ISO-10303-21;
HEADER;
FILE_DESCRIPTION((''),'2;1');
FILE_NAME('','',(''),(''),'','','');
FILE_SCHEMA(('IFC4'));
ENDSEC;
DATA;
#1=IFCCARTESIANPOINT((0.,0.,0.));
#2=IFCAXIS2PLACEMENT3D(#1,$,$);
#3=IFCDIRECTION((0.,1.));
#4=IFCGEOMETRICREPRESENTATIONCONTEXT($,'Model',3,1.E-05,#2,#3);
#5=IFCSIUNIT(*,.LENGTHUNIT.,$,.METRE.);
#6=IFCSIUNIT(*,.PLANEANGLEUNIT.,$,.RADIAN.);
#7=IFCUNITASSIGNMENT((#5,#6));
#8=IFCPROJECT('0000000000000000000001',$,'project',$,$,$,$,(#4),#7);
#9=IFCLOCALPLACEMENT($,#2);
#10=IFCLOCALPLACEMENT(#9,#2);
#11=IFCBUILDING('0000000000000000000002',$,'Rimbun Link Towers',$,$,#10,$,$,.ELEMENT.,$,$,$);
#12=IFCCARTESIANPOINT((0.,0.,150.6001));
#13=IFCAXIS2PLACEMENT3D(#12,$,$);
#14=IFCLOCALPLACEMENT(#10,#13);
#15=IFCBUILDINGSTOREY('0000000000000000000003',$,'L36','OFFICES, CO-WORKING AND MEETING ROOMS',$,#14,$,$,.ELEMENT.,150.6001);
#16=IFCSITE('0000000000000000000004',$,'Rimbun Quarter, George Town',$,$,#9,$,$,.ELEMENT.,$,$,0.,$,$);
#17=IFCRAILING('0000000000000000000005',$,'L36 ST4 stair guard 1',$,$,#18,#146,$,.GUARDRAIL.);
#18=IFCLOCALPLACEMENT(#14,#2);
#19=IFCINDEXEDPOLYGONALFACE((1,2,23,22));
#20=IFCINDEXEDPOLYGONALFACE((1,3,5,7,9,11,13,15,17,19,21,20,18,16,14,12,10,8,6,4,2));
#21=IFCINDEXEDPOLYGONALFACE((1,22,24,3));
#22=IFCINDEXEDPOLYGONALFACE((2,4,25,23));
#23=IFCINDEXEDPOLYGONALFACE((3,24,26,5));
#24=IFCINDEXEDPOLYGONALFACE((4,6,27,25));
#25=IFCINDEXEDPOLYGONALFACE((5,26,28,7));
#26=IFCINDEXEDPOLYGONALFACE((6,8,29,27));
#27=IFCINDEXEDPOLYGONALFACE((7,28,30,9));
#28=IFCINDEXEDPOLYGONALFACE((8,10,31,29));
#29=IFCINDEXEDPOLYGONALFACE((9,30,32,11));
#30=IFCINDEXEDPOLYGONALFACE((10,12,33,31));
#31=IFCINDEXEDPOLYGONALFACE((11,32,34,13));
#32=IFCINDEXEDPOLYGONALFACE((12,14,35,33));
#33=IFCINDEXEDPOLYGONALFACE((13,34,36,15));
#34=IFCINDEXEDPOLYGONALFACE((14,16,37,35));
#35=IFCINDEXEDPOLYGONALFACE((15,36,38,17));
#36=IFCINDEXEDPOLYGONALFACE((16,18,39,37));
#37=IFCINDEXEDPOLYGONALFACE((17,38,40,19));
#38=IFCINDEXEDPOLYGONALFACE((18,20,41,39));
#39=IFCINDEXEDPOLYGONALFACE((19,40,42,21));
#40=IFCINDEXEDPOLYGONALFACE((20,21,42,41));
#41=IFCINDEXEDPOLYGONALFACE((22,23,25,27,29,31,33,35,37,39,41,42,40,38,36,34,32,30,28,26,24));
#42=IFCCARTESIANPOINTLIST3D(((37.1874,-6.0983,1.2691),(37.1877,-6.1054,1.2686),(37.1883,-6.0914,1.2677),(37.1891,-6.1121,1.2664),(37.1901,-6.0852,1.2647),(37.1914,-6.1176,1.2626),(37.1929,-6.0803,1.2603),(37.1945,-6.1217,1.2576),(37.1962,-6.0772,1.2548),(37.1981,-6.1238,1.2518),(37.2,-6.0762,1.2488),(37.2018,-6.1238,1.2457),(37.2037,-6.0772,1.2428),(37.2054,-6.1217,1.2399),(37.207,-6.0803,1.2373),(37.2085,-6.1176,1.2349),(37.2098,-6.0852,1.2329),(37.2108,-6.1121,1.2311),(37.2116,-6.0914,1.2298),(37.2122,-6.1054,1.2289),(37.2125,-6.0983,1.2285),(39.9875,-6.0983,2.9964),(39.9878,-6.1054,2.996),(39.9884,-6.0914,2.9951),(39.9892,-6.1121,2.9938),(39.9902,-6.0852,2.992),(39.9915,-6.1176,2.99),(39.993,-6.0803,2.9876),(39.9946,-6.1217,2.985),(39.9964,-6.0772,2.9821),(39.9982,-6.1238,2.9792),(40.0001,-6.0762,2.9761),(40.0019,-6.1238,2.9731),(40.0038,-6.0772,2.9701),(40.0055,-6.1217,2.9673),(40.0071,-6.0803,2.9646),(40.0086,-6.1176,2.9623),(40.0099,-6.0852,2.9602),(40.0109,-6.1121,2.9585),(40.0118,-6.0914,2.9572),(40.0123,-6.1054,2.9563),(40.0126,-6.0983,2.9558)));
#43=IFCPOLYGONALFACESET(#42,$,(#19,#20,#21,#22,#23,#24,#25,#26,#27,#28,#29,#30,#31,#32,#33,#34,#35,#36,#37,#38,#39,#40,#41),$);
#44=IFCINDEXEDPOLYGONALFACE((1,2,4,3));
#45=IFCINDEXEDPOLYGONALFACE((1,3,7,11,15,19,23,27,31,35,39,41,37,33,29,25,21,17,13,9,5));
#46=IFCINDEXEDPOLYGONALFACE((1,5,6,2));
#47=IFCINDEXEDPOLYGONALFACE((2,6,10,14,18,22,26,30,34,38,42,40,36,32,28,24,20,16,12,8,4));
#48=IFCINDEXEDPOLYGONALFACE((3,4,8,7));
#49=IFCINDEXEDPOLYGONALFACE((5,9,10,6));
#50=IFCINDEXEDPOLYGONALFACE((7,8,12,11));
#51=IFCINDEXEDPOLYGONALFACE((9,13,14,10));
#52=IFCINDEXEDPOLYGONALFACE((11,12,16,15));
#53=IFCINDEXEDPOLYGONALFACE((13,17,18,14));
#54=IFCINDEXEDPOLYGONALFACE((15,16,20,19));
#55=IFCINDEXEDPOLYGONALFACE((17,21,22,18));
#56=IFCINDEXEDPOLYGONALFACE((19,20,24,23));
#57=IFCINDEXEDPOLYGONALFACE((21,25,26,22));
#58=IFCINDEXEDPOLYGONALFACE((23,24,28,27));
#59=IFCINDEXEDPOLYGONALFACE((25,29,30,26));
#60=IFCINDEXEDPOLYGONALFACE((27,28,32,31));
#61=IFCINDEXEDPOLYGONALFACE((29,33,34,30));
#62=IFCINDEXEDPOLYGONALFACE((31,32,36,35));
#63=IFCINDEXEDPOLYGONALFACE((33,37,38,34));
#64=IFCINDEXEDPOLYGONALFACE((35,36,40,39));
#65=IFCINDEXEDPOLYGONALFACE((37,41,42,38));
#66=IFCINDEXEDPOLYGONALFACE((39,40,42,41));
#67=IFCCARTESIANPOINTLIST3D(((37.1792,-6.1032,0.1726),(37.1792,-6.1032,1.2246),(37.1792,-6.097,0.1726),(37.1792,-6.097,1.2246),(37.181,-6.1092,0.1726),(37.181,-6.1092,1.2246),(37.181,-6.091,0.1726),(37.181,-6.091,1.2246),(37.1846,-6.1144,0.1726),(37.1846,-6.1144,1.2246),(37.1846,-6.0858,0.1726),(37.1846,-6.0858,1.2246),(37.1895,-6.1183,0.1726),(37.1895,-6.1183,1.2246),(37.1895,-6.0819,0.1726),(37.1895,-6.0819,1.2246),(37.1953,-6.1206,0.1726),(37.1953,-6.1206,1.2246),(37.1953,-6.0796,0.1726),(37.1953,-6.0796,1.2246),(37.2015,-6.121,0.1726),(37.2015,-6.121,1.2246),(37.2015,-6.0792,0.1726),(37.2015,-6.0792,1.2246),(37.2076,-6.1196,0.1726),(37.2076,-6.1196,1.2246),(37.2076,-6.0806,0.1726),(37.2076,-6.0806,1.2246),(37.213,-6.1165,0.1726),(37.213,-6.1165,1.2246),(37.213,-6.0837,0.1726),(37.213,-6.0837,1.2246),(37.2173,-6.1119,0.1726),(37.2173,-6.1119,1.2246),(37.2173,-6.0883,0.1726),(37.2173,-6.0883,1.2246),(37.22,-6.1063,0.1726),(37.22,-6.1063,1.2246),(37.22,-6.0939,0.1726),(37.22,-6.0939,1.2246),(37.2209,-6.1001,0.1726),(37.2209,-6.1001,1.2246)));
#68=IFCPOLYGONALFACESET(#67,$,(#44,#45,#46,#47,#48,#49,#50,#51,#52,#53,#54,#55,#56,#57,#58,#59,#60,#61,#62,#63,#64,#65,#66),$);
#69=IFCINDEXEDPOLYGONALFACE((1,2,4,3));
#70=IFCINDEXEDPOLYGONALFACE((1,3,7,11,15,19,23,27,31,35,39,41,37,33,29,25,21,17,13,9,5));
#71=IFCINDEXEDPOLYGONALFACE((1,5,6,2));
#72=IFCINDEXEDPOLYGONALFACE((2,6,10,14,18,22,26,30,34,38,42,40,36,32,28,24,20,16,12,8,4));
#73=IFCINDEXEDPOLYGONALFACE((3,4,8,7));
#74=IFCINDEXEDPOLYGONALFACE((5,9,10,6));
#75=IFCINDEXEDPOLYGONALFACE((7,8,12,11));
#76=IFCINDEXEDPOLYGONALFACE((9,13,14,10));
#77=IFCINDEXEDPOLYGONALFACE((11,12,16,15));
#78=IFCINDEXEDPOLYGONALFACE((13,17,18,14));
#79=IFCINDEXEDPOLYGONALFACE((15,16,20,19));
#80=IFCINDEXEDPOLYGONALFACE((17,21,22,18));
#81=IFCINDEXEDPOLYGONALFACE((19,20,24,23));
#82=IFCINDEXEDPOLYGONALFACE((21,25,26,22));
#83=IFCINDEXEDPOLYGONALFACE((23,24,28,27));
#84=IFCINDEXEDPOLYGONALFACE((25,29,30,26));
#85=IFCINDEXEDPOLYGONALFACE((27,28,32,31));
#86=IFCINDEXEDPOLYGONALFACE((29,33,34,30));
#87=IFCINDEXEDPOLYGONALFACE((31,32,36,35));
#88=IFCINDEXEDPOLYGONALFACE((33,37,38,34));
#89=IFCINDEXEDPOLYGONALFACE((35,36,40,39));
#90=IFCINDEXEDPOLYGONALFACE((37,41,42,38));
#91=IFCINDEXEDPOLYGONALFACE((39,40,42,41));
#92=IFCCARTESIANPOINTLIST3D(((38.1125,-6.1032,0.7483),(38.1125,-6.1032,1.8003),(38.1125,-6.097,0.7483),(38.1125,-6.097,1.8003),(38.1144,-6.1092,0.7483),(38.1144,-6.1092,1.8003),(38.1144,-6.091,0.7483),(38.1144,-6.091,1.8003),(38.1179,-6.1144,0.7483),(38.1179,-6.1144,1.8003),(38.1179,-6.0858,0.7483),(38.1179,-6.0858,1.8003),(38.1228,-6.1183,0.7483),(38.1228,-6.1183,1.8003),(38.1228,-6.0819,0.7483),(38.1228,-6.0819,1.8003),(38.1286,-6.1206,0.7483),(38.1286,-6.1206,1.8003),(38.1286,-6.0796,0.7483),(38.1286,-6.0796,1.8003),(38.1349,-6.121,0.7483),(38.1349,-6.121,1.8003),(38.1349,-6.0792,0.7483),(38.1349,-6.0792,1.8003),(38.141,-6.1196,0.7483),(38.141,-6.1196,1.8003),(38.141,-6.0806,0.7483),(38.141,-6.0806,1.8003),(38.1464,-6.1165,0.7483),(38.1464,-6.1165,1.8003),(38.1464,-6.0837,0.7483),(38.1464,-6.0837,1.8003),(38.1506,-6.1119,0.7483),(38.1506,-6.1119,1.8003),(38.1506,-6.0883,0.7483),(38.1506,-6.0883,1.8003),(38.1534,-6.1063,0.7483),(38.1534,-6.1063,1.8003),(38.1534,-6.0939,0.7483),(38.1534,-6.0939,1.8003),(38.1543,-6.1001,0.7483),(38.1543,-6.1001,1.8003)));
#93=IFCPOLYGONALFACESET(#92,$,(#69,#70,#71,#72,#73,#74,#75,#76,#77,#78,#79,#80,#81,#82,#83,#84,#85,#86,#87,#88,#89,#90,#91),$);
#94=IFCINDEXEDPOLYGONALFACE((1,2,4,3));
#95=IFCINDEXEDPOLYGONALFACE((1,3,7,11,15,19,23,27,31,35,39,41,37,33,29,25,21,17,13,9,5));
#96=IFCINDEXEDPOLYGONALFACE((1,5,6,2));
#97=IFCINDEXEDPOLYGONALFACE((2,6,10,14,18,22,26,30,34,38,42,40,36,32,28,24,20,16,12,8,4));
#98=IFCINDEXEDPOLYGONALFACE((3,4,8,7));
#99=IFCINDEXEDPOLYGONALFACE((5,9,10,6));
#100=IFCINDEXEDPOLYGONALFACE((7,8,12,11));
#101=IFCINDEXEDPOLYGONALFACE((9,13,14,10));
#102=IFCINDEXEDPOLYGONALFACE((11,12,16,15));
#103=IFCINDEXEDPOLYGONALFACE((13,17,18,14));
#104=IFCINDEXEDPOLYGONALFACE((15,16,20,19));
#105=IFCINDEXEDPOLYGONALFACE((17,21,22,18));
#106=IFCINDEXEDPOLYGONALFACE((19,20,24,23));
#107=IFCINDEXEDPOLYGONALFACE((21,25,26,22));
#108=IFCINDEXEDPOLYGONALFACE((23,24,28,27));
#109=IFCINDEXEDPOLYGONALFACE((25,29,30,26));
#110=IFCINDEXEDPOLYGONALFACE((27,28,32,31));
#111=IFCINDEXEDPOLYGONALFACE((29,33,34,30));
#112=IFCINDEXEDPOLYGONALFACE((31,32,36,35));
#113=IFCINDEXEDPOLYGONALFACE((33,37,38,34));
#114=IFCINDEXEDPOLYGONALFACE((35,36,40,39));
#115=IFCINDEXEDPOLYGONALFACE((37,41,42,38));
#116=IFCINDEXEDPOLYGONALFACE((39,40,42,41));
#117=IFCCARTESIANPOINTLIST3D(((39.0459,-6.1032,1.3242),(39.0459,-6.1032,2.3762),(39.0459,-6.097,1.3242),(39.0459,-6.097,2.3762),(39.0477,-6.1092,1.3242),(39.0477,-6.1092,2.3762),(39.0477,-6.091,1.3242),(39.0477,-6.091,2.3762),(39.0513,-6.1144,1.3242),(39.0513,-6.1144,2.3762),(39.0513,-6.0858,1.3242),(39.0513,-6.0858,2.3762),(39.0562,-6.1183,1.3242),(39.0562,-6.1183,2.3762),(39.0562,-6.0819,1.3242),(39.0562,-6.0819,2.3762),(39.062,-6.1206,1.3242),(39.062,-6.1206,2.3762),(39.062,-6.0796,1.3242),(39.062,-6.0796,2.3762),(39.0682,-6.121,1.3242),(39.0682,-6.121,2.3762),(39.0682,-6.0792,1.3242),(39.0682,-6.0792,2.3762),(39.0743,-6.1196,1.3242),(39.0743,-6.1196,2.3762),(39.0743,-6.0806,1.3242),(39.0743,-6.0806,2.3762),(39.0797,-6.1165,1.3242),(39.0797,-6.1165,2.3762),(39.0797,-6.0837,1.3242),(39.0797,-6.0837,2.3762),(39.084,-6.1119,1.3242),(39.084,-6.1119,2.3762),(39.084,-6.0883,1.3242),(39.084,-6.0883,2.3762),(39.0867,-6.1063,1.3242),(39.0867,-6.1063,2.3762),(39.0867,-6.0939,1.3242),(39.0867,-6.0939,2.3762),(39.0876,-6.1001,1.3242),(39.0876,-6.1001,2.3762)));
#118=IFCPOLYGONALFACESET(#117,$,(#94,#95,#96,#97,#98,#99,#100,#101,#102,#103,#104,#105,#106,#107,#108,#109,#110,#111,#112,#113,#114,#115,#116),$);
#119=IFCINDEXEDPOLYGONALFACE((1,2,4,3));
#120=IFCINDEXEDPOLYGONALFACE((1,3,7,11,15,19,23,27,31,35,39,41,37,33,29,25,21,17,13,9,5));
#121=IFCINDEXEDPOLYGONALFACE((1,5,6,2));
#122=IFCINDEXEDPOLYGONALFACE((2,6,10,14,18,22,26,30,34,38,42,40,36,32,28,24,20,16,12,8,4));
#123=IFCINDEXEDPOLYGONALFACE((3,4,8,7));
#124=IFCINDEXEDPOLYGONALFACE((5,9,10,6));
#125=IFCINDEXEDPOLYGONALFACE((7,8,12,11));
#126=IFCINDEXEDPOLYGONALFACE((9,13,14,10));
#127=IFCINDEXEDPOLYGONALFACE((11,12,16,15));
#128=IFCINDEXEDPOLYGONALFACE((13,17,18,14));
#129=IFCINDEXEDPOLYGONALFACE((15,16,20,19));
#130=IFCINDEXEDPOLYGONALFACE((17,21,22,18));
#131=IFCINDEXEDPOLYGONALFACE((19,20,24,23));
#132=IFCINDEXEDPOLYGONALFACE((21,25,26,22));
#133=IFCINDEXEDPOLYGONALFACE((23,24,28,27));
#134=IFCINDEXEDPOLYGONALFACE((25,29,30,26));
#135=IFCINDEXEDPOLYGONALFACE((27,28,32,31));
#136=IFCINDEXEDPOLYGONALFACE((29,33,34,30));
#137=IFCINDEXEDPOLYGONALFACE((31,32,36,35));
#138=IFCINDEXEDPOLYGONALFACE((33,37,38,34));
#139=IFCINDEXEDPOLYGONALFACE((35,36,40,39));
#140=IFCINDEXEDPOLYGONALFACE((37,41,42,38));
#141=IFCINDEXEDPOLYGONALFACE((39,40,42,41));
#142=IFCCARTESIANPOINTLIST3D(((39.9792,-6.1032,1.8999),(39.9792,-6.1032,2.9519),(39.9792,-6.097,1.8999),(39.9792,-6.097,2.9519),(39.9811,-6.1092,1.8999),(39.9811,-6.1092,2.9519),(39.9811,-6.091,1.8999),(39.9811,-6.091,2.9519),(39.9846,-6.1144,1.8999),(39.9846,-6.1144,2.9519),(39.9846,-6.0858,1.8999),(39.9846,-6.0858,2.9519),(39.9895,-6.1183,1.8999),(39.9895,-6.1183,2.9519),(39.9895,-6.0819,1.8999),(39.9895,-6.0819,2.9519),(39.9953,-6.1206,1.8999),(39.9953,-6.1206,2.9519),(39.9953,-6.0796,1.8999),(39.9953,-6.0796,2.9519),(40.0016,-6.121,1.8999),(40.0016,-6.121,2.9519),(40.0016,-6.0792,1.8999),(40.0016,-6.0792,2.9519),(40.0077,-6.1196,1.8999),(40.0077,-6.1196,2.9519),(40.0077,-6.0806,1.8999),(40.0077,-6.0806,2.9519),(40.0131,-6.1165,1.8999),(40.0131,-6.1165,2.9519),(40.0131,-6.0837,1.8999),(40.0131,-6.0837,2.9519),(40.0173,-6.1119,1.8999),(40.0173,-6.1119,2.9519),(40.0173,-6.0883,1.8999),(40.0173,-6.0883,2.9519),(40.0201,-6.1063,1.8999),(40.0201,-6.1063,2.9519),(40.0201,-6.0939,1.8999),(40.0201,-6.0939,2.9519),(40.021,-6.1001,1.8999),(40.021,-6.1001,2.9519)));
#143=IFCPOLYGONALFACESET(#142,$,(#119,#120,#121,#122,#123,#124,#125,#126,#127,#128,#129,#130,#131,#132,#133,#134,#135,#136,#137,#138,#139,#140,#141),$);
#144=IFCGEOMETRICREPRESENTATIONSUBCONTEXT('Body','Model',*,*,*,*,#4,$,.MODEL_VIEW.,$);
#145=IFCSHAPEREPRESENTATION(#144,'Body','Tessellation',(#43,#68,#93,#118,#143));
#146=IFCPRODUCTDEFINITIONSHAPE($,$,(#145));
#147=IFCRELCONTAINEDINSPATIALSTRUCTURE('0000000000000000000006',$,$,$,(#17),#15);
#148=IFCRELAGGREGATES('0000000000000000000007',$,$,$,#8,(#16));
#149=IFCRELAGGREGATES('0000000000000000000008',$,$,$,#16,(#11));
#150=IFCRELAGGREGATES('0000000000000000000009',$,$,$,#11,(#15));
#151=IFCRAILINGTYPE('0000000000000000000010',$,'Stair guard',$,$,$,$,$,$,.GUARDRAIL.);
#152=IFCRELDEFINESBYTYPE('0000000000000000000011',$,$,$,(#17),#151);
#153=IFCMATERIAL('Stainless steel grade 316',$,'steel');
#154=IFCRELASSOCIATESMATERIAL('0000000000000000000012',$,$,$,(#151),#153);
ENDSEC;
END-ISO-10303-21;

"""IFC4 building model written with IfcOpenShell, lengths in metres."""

from ifc_helpers import new_model, si_unit, direction, frame, origin, origin_2d, place, context, subcontext, project, spatial, circle, extrude, material, type_object, element, save


model = new_model("IFC4")

# Units and contexts
model_context = context("Model", 3, precision=1e-05, world=origin(), true_north=direction((0.0, 1.0)))
body_context = subcontext(model_context, "Body", "Model", "MODEL_VIEW")
ifc_project = project(units=[si_unit("LENGTHUNIT", "METRE"), si_unit("PLANEANGLEUNIT", "RADIAN")], contexts=[model_context])

# Site, building, storey
site_placement = place(None, origin())
site = spatial("IfcSite", under=ifc_project, at=site_placement, Name="Rimbun Quarter, George Town", CompositionType="ELEMENT", RefElevation=0.0)
building_placement = place(site_placement, origin())
building = spatial("IfcBuilding", under=site, at=building_placement, Name="Rimbun Link Towers", CompositionType="ELEMENT")
storey_placement = place(building_placement, frame((0.0, 0.0, 150.6001)))
storey = spatial("IfcBuildingStorey", under=building, at=storey_placement, Name="L36", Description="OFFICES, CO-WORKING AND MEETING ROOMS", CompositionType="ELEMENT", Elevation=150.6001)

# Railing
ifc_material_1 = material(Name="Stainless steel grade 316", Category="steel")
railing_type_1 = type_object("IfcRailingType", Name="Stair guard", PredefinedType="GUARDRAIL", material=ifc_material_1)
railing_1_placement = place(storey_placement, frame((37.2, -6.1001, 0.1726)))
element("IfcRailing", 1, at=railing_1_placement, inside=storey, type_object=railing_type_1, Name="L36 ST4 stair guard 1", PredefinedType="GUARDRAIL", context=body_context, shape_type="SweptSolid", body=[
    extrude(circle(Radius=0.0239, at=origin_2d()), frame((0.0, 0.0, 1.0762), z_axis=(0.85109, 0.0, 0.52502), x_axis=(0.0, 1.0, 0.0)), (0.0, 0.0, 1.0), 3.29),
    extrude(circle(Radius=0.021, at=origin_2d()), origin(), (0.0, 0.0, 1.0), 1.052),
    extrude(circle(Radius=0.021, at=origin_2d()), frame((0.9333, 0.0, 0.5757)), (0.0, 0.0, 1.0), 1.052),
    extrude(circle(Radius=0.021, at=origin_2d()), frame((1.8667, 0.0, 1.1516)), (0.0, 0.0, 1.0), 1.052),
    extrude(circle(Radius=0.021, at=origin_2d()), frame((2.8, 0.0, 1.7273)), (0.0, 0.0, 1.0), 1.052),
])

save(model, "model.ifc")
